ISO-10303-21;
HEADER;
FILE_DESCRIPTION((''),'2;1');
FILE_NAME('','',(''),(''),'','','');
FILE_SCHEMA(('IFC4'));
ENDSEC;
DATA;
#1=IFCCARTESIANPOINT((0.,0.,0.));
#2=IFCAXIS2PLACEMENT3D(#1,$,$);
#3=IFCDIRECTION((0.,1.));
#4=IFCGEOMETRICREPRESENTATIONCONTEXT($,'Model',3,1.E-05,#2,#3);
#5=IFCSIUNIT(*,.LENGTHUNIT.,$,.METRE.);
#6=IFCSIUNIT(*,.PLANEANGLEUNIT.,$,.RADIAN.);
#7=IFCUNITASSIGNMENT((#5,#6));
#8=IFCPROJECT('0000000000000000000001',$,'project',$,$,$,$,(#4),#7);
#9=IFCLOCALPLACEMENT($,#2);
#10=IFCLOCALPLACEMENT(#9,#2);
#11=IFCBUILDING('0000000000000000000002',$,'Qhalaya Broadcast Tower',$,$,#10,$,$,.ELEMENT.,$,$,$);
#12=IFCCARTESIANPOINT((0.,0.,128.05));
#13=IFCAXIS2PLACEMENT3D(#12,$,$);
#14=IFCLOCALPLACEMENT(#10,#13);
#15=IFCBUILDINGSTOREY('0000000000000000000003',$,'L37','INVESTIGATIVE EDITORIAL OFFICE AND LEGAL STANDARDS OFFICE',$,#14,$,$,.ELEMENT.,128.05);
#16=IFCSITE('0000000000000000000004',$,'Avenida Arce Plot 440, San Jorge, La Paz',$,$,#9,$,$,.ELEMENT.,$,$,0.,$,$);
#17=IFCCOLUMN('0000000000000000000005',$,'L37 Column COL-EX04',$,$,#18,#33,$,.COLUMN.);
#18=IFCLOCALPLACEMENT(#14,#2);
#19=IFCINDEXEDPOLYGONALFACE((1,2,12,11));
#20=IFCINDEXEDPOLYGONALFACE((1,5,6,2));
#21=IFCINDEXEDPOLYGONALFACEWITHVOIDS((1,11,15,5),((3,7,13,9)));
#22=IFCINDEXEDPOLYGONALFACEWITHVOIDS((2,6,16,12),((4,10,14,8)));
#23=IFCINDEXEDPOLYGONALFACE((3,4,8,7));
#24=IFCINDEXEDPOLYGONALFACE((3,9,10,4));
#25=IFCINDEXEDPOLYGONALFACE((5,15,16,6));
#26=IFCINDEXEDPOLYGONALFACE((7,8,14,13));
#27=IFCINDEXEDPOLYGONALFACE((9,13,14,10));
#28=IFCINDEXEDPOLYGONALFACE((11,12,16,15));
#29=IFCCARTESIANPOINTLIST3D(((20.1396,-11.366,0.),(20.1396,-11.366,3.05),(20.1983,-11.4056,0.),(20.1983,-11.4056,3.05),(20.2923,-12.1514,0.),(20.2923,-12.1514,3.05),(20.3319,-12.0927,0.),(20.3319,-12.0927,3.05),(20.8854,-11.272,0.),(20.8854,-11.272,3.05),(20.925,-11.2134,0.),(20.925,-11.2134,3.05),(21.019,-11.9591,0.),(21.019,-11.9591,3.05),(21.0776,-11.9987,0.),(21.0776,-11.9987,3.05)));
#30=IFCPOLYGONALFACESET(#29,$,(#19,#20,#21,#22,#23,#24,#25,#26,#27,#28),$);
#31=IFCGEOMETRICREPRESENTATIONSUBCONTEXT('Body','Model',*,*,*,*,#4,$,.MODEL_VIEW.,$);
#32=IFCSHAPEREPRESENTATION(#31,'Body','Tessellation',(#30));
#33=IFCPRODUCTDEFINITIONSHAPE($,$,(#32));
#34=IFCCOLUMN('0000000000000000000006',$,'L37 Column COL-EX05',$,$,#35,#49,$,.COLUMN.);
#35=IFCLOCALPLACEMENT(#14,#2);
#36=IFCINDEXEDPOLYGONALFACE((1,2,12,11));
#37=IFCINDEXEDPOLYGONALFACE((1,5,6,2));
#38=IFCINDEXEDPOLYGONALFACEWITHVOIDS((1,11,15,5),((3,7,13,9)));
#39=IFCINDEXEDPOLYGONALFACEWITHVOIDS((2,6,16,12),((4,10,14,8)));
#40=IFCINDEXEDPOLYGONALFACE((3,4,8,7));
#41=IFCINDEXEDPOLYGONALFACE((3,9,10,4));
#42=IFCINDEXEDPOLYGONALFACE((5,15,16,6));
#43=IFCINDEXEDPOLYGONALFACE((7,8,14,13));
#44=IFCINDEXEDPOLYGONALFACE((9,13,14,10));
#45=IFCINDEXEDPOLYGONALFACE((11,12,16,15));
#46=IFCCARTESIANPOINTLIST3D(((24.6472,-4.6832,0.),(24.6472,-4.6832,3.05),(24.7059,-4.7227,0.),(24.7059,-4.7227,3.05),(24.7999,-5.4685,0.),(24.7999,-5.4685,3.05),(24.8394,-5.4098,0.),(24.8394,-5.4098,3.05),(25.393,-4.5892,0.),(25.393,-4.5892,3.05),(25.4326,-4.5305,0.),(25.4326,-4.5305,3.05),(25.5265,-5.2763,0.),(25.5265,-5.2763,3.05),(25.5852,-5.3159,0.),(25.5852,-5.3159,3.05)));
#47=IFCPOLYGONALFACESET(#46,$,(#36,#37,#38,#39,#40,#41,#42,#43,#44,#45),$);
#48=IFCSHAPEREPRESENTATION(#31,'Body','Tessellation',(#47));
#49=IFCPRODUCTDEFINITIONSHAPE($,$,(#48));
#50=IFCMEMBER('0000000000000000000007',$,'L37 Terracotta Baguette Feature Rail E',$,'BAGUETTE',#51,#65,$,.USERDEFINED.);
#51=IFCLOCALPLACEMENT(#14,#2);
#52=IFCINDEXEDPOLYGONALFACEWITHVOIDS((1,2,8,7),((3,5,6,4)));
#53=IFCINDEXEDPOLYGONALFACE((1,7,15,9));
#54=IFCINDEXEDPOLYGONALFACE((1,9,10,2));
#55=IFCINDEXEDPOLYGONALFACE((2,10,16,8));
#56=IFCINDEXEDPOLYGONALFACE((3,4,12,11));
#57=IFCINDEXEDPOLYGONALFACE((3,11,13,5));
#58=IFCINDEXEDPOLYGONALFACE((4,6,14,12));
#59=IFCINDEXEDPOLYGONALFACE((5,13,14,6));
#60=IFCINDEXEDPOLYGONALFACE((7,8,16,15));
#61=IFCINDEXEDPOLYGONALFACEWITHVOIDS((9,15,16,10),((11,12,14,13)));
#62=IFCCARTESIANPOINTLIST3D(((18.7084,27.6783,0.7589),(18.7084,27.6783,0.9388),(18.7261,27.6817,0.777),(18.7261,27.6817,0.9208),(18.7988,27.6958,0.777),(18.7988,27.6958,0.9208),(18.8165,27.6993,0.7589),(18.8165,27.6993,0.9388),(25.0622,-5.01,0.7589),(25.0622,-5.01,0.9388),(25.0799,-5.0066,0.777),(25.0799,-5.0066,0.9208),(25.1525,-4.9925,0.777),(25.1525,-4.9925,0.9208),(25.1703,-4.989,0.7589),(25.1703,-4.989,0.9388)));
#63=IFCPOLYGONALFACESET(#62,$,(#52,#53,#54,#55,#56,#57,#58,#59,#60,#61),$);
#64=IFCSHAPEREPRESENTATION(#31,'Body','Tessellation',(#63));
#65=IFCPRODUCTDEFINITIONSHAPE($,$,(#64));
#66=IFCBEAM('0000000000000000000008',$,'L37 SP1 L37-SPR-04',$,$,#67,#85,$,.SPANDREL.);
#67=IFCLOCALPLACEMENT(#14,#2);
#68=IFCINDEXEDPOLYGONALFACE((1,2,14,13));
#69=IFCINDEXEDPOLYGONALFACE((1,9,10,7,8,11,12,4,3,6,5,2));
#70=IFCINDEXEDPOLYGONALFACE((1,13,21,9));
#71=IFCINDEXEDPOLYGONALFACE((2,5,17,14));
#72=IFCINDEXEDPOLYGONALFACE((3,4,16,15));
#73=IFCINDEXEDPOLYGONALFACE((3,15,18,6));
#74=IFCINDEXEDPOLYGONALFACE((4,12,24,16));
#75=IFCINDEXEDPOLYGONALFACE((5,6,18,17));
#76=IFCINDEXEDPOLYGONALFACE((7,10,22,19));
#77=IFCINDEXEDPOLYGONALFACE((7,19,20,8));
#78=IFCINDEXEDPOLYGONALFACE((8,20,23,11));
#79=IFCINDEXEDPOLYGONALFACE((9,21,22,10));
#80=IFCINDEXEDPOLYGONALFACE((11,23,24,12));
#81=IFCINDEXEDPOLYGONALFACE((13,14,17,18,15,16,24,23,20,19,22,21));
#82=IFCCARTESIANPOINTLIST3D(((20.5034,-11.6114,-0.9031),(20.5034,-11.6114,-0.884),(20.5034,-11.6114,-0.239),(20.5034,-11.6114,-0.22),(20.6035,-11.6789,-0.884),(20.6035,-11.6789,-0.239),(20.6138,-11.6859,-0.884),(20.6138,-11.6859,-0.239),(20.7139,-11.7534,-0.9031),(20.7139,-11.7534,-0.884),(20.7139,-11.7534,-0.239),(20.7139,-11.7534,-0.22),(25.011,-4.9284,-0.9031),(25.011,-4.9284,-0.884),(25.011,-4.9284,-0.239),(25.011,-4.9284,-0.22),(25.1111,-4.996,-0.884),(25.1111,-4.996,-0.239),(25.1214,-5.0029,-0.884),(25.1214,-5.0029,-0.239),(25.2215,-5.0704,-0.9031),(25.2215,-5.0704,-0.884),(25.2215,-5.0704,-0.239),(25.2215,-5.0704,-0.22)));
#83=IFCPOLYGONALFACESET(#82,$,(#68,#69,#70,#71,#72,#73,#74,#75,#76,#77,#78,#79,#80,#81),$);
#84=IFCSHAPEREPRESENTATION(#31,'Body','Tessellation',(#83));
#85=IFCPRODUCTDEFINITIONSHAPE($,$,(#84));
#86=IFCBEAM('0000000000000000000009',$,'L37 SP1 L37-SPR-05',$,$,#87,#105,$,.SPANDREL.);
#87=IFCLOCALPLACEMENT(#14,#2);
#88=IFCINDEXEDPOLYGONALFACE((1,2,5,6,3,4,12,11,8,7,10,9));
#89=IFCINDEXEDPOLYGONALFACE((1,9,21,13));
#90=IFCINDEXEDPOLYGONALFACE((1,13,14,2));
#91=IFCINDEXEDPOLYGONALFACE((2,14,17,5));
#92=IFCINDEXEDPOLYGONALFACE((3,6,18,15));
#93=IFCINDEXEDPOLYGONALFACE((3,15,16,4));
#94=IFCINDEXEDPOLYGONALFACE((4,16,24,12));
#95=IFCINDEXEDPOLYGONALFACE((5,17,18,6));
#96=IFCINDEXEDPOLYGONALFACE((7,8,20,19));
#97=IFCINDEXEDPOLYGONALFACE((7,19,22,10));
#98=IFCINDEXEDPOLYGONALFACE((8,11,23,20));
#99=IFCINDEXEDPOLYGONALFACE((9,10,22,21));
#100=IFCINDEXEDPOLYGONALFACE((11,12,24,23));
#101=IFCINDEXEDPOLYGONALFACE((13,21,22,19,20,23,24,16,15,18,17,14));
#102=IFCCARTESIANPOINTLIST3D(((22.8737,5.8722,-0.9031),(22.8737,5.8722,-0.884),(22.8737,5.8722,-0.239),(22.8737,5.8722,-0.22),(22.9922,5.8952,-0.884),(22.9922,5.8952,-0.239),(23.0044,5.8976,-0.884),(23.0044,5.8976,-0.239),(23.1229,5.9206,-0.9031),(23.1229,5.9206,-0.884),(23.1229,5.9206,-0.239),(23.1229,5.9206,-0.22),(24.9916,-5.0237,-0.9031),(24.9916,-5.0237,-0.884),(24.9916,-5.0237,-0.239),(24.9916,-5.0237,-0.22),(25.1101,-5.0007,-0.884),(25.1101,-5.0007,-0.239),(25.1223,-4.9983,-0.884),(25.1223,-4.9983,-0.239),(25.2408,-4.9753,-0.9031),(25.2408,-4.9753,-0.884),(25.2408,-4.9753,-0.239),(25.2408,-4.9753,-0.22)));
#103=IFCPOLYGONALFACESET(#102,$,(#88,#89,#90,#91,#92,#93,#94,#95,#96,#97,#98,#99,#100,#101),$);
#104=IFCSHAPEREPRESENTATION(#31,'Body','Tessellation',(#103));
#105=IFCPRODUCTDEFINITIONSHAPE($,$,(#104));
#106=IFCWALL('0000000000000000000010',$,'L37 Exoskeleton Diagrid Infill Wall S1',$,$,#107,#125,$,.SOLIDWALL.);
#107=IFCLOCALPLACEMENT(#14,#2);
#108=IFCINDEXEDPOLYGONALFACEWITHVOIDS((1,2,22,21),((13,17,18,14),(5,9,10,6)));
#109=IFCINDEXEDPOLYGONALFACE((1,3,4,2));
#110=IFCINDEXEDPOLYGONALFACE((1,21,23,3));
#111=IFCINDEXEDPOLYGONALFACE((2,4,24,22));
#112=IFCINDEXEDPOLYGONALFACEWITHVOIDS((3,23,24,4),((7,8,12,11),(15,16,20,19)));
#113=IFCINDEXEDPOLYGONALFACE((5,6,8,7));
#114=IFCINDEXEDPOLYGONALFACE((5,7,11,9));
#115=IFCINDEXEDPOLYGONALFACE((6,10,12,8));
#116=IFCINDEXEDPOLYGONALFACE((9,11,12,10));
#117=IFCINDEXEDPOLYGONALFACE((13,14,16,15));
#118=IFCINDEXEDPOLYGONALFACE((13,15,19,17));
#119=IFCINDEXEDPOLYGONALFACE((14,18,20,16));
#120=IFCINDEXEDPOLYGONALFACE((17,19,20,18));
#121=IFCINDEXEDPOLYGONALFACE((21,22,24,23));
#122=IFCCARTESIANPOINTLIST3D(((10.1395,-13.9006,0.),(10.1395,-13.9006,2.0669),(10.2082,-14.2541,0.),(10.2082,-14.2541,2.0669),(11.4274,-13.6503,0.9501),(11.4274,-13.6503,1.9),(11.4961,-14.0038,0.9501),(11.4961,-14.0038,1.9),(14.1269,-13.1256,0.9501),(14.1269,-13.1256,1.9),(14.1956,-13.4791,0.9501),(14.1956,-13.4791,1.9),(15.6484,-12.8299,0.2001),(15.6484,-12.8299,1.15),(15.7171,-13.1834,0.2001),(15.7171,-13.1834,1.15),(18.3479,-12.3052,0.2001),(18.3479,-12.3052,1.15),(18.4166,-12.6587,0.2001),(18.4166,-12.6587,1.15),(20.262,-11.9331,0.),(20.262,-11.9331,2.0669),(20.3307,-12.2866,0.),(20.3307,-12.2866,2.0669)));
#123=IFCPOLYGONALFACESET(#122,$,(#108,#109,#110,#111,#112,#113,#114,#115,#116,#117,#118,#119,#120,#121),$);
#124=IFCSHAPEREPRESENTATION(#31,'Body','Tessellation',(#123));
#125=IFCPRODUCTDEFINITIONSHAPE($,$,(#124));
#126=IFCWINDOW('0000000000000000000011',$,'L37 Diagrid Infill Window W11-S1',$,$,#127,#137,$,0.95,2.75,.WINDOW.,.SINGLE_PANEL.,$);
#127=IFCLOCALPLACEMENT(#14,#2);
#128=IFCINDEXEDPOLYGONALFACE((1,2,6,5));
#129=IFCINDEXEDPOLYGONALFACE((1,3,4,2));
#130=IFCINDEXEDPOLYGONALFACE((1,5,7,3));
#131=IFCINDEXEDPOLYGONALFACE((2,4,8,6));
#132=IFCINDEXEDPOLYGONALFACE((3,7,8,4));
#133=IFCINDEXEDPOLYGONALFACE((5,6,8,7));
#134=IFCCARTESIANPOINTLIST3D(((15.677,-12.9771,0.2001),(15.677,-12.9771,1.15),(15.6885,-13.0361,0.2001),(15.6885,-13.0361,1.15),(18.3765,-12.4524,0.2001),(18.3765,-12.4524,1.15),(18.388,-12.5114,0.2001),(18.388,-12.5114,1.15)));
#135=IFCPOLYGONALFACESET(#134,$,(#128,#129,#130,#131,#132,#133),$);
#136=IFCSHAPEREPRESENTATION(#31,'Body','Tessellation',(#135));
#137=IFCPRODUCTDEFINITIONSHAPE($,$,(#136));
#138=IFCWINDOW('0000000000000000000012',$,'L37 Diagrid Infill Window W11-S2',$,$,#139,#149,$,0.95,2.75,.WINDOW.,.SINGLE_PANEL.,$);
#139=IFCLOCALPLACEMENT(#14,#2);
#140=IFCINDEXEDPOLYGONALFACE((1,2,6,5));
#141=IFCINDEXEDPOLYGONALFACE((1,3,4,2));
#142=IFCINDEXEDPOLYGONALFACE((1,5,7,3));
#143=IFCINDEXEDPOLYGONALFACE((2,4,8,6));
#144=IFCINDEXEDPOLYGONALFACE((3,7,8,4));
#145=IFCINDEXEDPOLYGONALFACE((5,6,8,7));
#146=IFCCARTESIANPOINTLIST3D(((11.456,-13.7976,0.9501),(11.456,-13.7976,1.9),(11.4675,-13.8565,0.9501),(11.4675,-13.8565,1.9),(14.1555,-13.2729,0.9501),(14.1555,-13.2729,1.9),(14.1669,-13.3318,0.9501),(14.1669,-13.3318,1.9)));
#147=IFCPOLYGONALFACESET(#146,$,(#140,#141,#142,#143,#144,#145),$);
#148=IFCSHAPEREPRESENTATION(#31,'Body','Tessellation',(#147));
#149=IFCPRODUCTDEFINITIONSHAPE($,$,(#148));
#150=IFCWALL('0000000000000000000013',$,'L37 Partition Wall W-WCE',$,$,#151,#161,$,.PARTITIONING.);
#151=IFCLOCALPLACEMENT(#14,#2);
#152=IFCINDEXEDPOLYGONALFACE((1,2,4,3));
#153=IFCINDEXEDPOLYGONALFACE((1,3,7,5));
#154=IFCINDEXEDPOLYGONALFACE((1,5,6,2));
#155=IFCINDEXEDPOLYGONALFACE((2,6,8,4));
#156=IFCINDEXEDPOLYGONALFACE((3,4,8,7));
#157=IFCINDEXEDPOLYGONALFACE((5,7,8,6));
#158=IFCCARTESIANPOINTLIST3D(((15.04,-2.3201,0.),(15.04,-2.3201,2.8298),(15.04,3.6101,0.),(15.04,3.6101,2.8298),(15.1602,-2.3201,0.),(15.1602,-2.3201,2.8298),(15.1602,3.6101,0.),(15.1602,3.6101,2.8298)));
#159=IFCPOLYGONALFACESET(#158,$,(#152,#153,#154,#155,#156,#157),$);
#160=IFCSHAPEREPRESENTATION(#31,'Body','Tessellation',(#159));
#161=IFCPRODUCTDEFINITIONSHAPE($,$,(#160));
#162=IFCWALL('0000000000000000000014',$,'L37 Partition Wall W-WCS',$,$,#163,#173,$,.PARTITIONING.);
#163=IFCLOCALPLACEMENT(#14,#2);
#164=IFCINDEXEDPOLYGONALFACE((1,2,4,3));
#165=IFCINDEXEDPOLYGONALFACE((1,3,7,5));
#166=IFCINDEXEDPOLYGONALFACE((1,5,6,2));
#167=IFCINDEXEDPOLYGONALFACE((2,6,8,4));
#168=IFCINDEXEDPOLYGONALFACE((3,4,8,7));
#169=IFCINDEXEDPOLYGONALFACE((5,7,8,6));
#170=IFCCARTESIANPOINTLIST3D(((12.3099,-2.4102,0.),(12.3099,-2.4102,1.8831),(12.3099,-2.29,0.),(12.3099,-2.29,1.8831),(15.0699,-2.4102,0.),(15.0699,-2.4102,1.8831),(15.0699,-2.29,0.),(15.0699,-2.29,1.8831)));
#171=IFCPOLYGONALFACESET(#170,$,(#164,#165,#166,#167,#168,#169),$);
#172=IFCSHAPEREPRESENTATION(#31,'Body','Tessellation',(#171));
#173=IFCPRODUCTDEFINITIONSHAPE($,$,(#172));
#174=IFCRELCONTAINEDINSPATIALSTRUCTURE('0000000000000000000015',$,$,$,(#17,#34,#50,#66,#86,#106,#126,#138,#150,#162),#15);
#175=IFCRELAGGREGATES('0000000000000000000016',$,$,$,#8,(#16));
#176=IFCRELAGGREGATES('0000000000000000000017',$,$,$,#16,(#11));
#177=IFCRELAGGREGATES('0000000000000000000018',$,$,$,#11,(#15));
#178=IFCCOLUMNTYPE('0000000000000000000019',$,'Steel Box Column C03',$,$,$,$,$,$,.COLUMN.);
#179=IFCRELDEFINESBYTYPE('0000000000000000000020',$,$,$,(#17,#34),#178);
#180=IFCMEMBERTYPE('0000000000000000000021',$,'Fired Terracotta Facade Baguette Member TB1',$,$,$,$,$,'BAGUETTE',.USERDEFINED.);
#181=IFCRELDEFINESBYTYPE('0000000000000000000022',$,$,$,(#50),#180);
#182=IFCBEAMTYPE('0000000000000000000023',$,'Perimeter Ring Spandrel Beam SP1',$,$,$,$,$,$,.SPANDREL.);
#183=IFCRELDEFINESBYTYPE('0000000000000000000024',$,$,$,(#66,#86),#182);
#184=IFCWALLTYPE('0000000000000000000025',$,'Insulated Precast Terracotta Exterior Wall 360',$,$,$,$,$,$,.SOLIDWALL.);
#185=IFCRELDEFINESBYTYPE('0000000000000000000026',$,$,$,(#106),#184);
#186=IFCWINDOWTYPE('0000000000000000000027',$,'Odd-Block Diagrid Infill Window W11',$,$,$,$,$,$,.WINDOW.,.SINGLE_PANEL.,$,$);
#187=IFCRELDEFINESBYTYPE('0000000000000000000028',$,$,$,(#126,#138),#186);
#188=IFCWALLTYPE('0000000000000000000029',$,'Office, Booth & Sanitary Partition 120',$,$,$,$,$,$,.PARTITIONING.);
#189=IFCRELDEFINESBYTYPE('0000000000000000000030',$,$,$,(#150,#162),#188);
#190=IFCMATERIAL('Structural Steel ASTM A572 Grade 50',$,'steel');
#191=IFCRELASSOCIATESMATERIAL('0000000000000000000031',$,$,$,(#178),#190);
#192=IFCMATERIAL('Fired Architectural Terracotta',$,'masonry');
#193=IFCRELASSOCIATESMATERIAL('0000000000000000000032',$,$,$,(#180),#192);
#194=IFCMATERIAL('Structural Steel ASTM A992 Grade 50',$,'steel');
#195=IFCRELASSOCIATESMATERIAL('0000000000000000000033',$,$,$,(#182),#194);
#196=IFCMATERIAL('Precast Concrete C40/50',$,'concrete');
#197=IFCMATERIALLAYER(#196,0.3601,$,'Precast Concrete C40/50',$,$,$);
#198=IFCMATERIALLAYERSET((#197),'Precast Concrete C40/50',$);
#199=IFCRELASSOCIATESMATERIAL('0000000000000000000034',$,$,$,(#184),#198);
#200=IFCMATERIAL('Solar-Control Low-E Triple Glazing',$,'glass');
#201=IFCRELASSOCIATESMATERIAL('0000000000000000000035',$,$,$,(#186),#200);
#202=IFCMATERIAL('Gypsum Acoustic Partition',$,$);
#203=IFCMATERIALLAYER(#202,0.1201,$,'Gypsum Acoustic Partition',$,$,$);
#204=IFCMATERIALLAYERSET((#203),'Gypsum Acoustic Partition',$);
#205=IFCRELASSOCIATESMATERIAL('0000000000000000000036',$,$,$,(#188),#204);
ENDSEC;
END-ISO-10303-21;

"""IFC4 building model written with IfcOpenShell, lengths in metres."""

from ifc_helpers import new_model, si_unit, direction, frame, frame_2d, origin, origin_2d, place, context, subcontext, project, spatial, rectangle, hollow_rectangle, i_section, extrude, material, layer, layer_set, material_profile, profile_set, type_object, element, fill, save


model = new_model("IFC4")

# Units and contexts
model_context = context("Model", 3, precision=1e-05, world=origin(), true_north=direction((0.0, 1.0)))
body_context = subcontext(model_context, "Body", "Model", "MODEL_VIEW")
ifc_project = project(units=[si_unit("LENGTHUNIT", "METRE"), si_unit("PLANEANGLEUNIT", "RADIAN")], contexts=[model_context])

# Site, building, storey
site_placement = place(None, origin())
site = spatial("IfcSite", under=ifc_project, at=site_placement, Name="Avenida Arce Plot 440, San Jorge, La Paz", CompositionType="ELEMENT", RefElevation=0.0)
building_placement = place(site_placement, origin())
building = spatial("IfcBuilding", under=site, at=building_placement, Name="Qhalaya Broadcast Tower", CompositionType="ELEMENT")
storey_placement = place(building_placement, frame((0.0, 0.0, 128.05)))
storey = spatial("IfcBuildingStorey", under=building, at=storey_placement, Name="L37", Description="INVESTIGATIVE EDITORIAL OFFICE AND LEGAL STANDARDS OFFICE", CompositionType="ELEMENT", Elevation=128.05)

# Columns
ifc_material_1 = material(Name="Structural Steel ASTM A572 Grade 50", Category="steel")
ifc_material_profile_1 = material_profile(ifc_material_1, hollow_rectangle(XDim=0.8, YDim=0.8, WallThickness=0.05, at=origin_2d()), Name="BOX 800x800x50")
ifc_profile_set_1 = profile_set([ifc_material_profile_1], Name="Structural Steel ASTM A572 Grade 50")
column_type = type_object("IfcColumnType", Name="Steel Box Column C03", PredefinedType="COLUMN", material=ifc_profile_set_1)
for number, where, z_axis, x_axis, name in (
    (1, (20.6086, -11.6824, 0.0), (0.0, 0.0, 1.0), (0.981627, 0.190809, 0.0), "L37 Column COL-EX04"),
    (2, (25.1162, -4.9995, 0.0), (0.0, 0.0, 1.0), (-0.190809, 0.981627, 0.0), "L37 Column COL-EX05"),
):
    element("IfcColumn", number, at=place(storey_placement, frame(where, z_axis=z_axis, x_axis=x_axis)), inside=storey, type_object=column_type, Name=name, PredefinedType="COLUMN", context=body_context, shape_type="SweptSolid", body=[
        extrude(hollow_rectangle(XDim=0.8, YDim=0.8, WallThickness=0.05, at=origin_2d()), origin(), (0.0, 0.0, 1.0), 3.05),
    ])

# Member
ifc_material_2 = material(Name="Fired Architectural Terracotta", Category="masonry")
ifc_material_profile_2 = material_profile(ifc_material_2, hollow_rectangle(XDim=0.1101, YDim=0.1799, WallThickness=0.0181, at=origin_2d()), Name="TB-BAG 110x180x18")
ifc_profile_set_2 = profile_set([ifc_material_profile_2], Name="Fired Architectural Terracotta")
member_type = type_object("IfcMemberType", Name="Fired Terracotta Facade Baguette Member TB1", ElementType="BAGUETTE", PredefinedType="USERDEFINED", material=ifc_profile_set_2)
member_placement = place(storey_placement, frame((25.1162, -4.9995, 0.8489), z_axis=(-0.190804, 0.981628, 0.0), x_axis=(-0.981628, -0.190804, 0.0)))
element("IfcMember", 3, at=member_placement, inside=storey, type_object=member_type, Name="L37 Terracotta Baguette Feature Rail E", ObjectType="BAGUETTE", PredefinedType="USERDEFINED", context=body_context, shape_type="SweptSolid", body=[
    extrude(hollow_rectangle(XDim=0.1101, YDim=0.1799, WallThickness=0.0181, at=origin_2d()), origin(), (0.0, 0.0, 1.0), 33.3),
])

# Beams
ifc_material_3 = material(Name="Structural Steel ASTM A992 Grade 50", Category="steel")
ifc_material_profile_3 = material_profile(ifc_material_3, i_section(OverallWidth=0.2539, OverallDepth=0.6831, WebThickness=0.0125, FlangeThickness=0.019, at=origin_2d()), Name="W27X94")
ifc_profile_set_3 = profile_set([ifc_material_profile_3], Name="Structural Steel ASTM A992 Grade 50")
beam_type = type_object("IfcBeamType", Name="Perimeter Ring Spandrel Beam SP1", PredefinedType="SPANDREL", material=ifc_profile_set_3)
beam_1_placement = place(storey_placement, frame((20.6086, -11.6824, -0.5615), z_axis=(0.559186, 0.829042, 0.0), x_axis=(-0.829042, 0.559186, 0.0)))
element("IfcBeam", 4, at=beam_1_placement, inside=storey, type_object=beam_type, Name="L37 SP1 L37-SPR-04", PredefinedType="SPANDREL", context=body_context, shape_type="SweptSolid", body=[
    extrude(i_section(OverallWidth=0.2539, OverallDepth=0.6831, WebThickness=0.0125, FlangeThickness=0.019, at=origin_2d()), origin(), (0.0, 0.0, 1.0), 8.061),
])
beam_2_placement = place(storey_placement, frame((25.1162, -4.9995, -0.5615), z_axis=(-0.190805, 0.981628, 0.0), x_axis=(-0.981628, -0.190805, 0.0)))
element("IfcBeam", 5, at=beam_2_placement, inside=storey, type_object=beam_type, Name="L37 SP1 L37-SPR-05", PredefinedType="SPANDREL", context=body_context, shape_type="SweptSolid", body=[
    extrude(i_section(OverallWidth=0.2539, OverallDepth=0.6831, WebThickness=0.0125, FlangeThickness=0.019, at=origin_2d()), origin(), (0.0, 0.0, 1.0), 11.0999),
])

# Wall, openings, windows
ifc_material_4 = material(Name="Precast Concrete C40/50", Category="concrete")
ifc_layer_1 = layer(ifc_material_4, 0.3601, Name="Precast Concrete C40/50")
ifc_layer_set_1 = layer_set([ifc_layer_1], Name="Precast Concrete C40/50")
wall_type_1 = type_object("IfcWallType", Name="Insulated Precast Terracotta Exterior Wall 360", PredefinedType="SOLIDWALL", material=ifc_layer_set_1)
wall_1_placement = place(storey_placement, frame((20.2964, -12.1099, 0.0), z_axis=(0.0, 0.0, 1.0), x_axis=(-0.981629, -0.1908, 0.0)))
wall_1 = element("IfcWall", 6, at=wall_1_placement, inside=storey, type_object=wall_type_1, Name="L37 Exoskeleton Diagrid Infill Wall S1", PredefinedType="SOLIDWALL", context=body_context, shape_type="SweptSolid", body=[
    extrude(rectangle(XDim=10.312, YDim=0.3601, at=frame_2d((5.156, 0.0))), origin(), (0.0, 0.0, 1.0), 2.0669),
])
opening_1_placement = place(wall_1_placement, frame((1.95, 0.0, 0.2)))
opening_1 = element("IfcOpeningElement", 7, at=opening_1_placement, cuts=wall_1, PredefinedType="OPENING", context=body_context, shape_type="SweptSolid", body=[
    extrude(rectangle(XDim=2.75, YDim=0.95, at=frame_2d((1.375, 0.4751))), frame((0.0, 0.1921, 0.0), z_axis=(0.0, -1.0, 0.0), x_axis=(1.0, 0.0, 0.0)), (0.0, 0.0, 1.0), 0.384),
])
opening_2_placement = place(wall_1_placement, frame((6.25, 0.0, 0.95)))
opening_2 = element("IfcOpeningElement", 8, at=opening_2_placement, cuts=wall_1, PredefinedType="OPENING", context=body_context, shape_type="SweptSolid", body=[
    extrude(rectangle(XDim=2.75, YDim=0.95, at=frame_2d((1.375, 0.4751))), frame((0.0, 0.1921, 0.0), z_axis=(0.0, -1.0, 0.0), x_axis=(1.0, 0.0, 0.0)), (0.0, 0.0, 1.0), 0.384),
])
ifc_material_5 = material(Name="Solar-Control Low-E Triple Glazing", Category="glass")
window_type = type_object("IfcWindowType", Name="Odd-Block Diagrid Infill Window W11", PartitioningType="SINGLE_PANEL", PredefinedType="WINDOW", material=ifc_material_5)
window_1_placement = place(opening_1_placement, origin())
window_1 = element("IfcWindow", 9, at=window_1_placement, inside=storey, type_object=window_type, Name="L37 Diagrid Infill Window W11-S1", OverallHeight=0.95, OverallWidth=2.75, PartitioningType="SINGLE_PANEL", PredefinedType="WINDOW", context=body_context, shape_type="SweptSolid", body=[
    extrude(rectangle(XDim=2.75, YDim=0.95, at=frame_2d((1.375, 0.4751))), frame((0.0, 0.03, 0.0), z_axis=(0.0, -1.0, 0.0), x_axis=(1.0, 0.0, 0.0)), (0.0, 0.0, 1.0), 0.0601),
])
fill(opening_1, window_1)
window_2_placement = place(opening_2_placement, origin())
window_2 = element("IfcWindow", 10, at=window_2_placement, inside=storey, type_object=window_type, Name="L37 Diagrid Infill Window W11-S2", OverallHeight=0.95, OverallWidth=2.75, PartitioningType="SINGLE_PANEL", PredefinedType="WINDOW", context=body_context, shape_type="SweptSolid", body=[
    extrude(rectangle(XDim=2.75, YDim=0.95, at=frame_2d((1.375, 0.4751))), frame((0.0, 0.03, 0.0), z_axis=(0.0, -1.0, 0.0), x_axis=(1.0, 0.0, 0.0)), (0.0, 0.0, 1.0), 0.0601),
])
fill(opening_2, window_2)

# Walls
ifc_material_6 = material(Name="Gypsum Acoustic Partition")
ifc_layer_2 = layer(ifc_material_6, 0.1201, Name="Gypsum Acoustic Partition")
ifc_layer_set_2 = layer_set([ifc_layer_2], Name="Gypsum Acoustic Partition")
wall_type_2 = type_object("IfcWallType", Name="Office, Booth & Sanitary Partition 120", PredefinedType="PARTITIONING", material=ifc_layer_set_2)
wall_2_placement = place(storey_placement, frame((15.1001, -2.3201, 0.0), z_axis=(0.0, 0.0, 1.0), x_axis=(0.0, 1.0, 0.0)))
element("IfcWall", 11, at=wall_2_placement, inside=storey, type_object=wall_type_2, Name="L37 Partition Wall W-WCE", PredefinedType="PARTITIONING", context=body_context, shape_type="SweptSolid", body=[
    extrude(rectangle(XDim=5.9302, YDim=0.1201, at=frame_2d((2.9651, 0.0))), origin(), (0.0, 0.0, 1.0), 2.8298),
])
wall_3_placement = place(storey_placement, frame((12.3101, -2.3501, 0.0), z_axis=(0.0, 0.0, 1.0), x_axis=(1.0, 0.0, 0.0)))
element("IfcWall", 12, at=wall_3_placement, inside=storey, type_object=wall_type_2, Name="L37 Partition Wall W-WCS", PredefinedType="PARTITIONING", context=body_context, shape_type="SweptSolid", body=[
    extrude(rectangle(XDim=2.76, YDim=0.1201, at=frame_2d((1.3799, 0.0))), origin(), (0.0, 0.0, 1.0), 1.8831),
])

save(model, "model.ifc")
